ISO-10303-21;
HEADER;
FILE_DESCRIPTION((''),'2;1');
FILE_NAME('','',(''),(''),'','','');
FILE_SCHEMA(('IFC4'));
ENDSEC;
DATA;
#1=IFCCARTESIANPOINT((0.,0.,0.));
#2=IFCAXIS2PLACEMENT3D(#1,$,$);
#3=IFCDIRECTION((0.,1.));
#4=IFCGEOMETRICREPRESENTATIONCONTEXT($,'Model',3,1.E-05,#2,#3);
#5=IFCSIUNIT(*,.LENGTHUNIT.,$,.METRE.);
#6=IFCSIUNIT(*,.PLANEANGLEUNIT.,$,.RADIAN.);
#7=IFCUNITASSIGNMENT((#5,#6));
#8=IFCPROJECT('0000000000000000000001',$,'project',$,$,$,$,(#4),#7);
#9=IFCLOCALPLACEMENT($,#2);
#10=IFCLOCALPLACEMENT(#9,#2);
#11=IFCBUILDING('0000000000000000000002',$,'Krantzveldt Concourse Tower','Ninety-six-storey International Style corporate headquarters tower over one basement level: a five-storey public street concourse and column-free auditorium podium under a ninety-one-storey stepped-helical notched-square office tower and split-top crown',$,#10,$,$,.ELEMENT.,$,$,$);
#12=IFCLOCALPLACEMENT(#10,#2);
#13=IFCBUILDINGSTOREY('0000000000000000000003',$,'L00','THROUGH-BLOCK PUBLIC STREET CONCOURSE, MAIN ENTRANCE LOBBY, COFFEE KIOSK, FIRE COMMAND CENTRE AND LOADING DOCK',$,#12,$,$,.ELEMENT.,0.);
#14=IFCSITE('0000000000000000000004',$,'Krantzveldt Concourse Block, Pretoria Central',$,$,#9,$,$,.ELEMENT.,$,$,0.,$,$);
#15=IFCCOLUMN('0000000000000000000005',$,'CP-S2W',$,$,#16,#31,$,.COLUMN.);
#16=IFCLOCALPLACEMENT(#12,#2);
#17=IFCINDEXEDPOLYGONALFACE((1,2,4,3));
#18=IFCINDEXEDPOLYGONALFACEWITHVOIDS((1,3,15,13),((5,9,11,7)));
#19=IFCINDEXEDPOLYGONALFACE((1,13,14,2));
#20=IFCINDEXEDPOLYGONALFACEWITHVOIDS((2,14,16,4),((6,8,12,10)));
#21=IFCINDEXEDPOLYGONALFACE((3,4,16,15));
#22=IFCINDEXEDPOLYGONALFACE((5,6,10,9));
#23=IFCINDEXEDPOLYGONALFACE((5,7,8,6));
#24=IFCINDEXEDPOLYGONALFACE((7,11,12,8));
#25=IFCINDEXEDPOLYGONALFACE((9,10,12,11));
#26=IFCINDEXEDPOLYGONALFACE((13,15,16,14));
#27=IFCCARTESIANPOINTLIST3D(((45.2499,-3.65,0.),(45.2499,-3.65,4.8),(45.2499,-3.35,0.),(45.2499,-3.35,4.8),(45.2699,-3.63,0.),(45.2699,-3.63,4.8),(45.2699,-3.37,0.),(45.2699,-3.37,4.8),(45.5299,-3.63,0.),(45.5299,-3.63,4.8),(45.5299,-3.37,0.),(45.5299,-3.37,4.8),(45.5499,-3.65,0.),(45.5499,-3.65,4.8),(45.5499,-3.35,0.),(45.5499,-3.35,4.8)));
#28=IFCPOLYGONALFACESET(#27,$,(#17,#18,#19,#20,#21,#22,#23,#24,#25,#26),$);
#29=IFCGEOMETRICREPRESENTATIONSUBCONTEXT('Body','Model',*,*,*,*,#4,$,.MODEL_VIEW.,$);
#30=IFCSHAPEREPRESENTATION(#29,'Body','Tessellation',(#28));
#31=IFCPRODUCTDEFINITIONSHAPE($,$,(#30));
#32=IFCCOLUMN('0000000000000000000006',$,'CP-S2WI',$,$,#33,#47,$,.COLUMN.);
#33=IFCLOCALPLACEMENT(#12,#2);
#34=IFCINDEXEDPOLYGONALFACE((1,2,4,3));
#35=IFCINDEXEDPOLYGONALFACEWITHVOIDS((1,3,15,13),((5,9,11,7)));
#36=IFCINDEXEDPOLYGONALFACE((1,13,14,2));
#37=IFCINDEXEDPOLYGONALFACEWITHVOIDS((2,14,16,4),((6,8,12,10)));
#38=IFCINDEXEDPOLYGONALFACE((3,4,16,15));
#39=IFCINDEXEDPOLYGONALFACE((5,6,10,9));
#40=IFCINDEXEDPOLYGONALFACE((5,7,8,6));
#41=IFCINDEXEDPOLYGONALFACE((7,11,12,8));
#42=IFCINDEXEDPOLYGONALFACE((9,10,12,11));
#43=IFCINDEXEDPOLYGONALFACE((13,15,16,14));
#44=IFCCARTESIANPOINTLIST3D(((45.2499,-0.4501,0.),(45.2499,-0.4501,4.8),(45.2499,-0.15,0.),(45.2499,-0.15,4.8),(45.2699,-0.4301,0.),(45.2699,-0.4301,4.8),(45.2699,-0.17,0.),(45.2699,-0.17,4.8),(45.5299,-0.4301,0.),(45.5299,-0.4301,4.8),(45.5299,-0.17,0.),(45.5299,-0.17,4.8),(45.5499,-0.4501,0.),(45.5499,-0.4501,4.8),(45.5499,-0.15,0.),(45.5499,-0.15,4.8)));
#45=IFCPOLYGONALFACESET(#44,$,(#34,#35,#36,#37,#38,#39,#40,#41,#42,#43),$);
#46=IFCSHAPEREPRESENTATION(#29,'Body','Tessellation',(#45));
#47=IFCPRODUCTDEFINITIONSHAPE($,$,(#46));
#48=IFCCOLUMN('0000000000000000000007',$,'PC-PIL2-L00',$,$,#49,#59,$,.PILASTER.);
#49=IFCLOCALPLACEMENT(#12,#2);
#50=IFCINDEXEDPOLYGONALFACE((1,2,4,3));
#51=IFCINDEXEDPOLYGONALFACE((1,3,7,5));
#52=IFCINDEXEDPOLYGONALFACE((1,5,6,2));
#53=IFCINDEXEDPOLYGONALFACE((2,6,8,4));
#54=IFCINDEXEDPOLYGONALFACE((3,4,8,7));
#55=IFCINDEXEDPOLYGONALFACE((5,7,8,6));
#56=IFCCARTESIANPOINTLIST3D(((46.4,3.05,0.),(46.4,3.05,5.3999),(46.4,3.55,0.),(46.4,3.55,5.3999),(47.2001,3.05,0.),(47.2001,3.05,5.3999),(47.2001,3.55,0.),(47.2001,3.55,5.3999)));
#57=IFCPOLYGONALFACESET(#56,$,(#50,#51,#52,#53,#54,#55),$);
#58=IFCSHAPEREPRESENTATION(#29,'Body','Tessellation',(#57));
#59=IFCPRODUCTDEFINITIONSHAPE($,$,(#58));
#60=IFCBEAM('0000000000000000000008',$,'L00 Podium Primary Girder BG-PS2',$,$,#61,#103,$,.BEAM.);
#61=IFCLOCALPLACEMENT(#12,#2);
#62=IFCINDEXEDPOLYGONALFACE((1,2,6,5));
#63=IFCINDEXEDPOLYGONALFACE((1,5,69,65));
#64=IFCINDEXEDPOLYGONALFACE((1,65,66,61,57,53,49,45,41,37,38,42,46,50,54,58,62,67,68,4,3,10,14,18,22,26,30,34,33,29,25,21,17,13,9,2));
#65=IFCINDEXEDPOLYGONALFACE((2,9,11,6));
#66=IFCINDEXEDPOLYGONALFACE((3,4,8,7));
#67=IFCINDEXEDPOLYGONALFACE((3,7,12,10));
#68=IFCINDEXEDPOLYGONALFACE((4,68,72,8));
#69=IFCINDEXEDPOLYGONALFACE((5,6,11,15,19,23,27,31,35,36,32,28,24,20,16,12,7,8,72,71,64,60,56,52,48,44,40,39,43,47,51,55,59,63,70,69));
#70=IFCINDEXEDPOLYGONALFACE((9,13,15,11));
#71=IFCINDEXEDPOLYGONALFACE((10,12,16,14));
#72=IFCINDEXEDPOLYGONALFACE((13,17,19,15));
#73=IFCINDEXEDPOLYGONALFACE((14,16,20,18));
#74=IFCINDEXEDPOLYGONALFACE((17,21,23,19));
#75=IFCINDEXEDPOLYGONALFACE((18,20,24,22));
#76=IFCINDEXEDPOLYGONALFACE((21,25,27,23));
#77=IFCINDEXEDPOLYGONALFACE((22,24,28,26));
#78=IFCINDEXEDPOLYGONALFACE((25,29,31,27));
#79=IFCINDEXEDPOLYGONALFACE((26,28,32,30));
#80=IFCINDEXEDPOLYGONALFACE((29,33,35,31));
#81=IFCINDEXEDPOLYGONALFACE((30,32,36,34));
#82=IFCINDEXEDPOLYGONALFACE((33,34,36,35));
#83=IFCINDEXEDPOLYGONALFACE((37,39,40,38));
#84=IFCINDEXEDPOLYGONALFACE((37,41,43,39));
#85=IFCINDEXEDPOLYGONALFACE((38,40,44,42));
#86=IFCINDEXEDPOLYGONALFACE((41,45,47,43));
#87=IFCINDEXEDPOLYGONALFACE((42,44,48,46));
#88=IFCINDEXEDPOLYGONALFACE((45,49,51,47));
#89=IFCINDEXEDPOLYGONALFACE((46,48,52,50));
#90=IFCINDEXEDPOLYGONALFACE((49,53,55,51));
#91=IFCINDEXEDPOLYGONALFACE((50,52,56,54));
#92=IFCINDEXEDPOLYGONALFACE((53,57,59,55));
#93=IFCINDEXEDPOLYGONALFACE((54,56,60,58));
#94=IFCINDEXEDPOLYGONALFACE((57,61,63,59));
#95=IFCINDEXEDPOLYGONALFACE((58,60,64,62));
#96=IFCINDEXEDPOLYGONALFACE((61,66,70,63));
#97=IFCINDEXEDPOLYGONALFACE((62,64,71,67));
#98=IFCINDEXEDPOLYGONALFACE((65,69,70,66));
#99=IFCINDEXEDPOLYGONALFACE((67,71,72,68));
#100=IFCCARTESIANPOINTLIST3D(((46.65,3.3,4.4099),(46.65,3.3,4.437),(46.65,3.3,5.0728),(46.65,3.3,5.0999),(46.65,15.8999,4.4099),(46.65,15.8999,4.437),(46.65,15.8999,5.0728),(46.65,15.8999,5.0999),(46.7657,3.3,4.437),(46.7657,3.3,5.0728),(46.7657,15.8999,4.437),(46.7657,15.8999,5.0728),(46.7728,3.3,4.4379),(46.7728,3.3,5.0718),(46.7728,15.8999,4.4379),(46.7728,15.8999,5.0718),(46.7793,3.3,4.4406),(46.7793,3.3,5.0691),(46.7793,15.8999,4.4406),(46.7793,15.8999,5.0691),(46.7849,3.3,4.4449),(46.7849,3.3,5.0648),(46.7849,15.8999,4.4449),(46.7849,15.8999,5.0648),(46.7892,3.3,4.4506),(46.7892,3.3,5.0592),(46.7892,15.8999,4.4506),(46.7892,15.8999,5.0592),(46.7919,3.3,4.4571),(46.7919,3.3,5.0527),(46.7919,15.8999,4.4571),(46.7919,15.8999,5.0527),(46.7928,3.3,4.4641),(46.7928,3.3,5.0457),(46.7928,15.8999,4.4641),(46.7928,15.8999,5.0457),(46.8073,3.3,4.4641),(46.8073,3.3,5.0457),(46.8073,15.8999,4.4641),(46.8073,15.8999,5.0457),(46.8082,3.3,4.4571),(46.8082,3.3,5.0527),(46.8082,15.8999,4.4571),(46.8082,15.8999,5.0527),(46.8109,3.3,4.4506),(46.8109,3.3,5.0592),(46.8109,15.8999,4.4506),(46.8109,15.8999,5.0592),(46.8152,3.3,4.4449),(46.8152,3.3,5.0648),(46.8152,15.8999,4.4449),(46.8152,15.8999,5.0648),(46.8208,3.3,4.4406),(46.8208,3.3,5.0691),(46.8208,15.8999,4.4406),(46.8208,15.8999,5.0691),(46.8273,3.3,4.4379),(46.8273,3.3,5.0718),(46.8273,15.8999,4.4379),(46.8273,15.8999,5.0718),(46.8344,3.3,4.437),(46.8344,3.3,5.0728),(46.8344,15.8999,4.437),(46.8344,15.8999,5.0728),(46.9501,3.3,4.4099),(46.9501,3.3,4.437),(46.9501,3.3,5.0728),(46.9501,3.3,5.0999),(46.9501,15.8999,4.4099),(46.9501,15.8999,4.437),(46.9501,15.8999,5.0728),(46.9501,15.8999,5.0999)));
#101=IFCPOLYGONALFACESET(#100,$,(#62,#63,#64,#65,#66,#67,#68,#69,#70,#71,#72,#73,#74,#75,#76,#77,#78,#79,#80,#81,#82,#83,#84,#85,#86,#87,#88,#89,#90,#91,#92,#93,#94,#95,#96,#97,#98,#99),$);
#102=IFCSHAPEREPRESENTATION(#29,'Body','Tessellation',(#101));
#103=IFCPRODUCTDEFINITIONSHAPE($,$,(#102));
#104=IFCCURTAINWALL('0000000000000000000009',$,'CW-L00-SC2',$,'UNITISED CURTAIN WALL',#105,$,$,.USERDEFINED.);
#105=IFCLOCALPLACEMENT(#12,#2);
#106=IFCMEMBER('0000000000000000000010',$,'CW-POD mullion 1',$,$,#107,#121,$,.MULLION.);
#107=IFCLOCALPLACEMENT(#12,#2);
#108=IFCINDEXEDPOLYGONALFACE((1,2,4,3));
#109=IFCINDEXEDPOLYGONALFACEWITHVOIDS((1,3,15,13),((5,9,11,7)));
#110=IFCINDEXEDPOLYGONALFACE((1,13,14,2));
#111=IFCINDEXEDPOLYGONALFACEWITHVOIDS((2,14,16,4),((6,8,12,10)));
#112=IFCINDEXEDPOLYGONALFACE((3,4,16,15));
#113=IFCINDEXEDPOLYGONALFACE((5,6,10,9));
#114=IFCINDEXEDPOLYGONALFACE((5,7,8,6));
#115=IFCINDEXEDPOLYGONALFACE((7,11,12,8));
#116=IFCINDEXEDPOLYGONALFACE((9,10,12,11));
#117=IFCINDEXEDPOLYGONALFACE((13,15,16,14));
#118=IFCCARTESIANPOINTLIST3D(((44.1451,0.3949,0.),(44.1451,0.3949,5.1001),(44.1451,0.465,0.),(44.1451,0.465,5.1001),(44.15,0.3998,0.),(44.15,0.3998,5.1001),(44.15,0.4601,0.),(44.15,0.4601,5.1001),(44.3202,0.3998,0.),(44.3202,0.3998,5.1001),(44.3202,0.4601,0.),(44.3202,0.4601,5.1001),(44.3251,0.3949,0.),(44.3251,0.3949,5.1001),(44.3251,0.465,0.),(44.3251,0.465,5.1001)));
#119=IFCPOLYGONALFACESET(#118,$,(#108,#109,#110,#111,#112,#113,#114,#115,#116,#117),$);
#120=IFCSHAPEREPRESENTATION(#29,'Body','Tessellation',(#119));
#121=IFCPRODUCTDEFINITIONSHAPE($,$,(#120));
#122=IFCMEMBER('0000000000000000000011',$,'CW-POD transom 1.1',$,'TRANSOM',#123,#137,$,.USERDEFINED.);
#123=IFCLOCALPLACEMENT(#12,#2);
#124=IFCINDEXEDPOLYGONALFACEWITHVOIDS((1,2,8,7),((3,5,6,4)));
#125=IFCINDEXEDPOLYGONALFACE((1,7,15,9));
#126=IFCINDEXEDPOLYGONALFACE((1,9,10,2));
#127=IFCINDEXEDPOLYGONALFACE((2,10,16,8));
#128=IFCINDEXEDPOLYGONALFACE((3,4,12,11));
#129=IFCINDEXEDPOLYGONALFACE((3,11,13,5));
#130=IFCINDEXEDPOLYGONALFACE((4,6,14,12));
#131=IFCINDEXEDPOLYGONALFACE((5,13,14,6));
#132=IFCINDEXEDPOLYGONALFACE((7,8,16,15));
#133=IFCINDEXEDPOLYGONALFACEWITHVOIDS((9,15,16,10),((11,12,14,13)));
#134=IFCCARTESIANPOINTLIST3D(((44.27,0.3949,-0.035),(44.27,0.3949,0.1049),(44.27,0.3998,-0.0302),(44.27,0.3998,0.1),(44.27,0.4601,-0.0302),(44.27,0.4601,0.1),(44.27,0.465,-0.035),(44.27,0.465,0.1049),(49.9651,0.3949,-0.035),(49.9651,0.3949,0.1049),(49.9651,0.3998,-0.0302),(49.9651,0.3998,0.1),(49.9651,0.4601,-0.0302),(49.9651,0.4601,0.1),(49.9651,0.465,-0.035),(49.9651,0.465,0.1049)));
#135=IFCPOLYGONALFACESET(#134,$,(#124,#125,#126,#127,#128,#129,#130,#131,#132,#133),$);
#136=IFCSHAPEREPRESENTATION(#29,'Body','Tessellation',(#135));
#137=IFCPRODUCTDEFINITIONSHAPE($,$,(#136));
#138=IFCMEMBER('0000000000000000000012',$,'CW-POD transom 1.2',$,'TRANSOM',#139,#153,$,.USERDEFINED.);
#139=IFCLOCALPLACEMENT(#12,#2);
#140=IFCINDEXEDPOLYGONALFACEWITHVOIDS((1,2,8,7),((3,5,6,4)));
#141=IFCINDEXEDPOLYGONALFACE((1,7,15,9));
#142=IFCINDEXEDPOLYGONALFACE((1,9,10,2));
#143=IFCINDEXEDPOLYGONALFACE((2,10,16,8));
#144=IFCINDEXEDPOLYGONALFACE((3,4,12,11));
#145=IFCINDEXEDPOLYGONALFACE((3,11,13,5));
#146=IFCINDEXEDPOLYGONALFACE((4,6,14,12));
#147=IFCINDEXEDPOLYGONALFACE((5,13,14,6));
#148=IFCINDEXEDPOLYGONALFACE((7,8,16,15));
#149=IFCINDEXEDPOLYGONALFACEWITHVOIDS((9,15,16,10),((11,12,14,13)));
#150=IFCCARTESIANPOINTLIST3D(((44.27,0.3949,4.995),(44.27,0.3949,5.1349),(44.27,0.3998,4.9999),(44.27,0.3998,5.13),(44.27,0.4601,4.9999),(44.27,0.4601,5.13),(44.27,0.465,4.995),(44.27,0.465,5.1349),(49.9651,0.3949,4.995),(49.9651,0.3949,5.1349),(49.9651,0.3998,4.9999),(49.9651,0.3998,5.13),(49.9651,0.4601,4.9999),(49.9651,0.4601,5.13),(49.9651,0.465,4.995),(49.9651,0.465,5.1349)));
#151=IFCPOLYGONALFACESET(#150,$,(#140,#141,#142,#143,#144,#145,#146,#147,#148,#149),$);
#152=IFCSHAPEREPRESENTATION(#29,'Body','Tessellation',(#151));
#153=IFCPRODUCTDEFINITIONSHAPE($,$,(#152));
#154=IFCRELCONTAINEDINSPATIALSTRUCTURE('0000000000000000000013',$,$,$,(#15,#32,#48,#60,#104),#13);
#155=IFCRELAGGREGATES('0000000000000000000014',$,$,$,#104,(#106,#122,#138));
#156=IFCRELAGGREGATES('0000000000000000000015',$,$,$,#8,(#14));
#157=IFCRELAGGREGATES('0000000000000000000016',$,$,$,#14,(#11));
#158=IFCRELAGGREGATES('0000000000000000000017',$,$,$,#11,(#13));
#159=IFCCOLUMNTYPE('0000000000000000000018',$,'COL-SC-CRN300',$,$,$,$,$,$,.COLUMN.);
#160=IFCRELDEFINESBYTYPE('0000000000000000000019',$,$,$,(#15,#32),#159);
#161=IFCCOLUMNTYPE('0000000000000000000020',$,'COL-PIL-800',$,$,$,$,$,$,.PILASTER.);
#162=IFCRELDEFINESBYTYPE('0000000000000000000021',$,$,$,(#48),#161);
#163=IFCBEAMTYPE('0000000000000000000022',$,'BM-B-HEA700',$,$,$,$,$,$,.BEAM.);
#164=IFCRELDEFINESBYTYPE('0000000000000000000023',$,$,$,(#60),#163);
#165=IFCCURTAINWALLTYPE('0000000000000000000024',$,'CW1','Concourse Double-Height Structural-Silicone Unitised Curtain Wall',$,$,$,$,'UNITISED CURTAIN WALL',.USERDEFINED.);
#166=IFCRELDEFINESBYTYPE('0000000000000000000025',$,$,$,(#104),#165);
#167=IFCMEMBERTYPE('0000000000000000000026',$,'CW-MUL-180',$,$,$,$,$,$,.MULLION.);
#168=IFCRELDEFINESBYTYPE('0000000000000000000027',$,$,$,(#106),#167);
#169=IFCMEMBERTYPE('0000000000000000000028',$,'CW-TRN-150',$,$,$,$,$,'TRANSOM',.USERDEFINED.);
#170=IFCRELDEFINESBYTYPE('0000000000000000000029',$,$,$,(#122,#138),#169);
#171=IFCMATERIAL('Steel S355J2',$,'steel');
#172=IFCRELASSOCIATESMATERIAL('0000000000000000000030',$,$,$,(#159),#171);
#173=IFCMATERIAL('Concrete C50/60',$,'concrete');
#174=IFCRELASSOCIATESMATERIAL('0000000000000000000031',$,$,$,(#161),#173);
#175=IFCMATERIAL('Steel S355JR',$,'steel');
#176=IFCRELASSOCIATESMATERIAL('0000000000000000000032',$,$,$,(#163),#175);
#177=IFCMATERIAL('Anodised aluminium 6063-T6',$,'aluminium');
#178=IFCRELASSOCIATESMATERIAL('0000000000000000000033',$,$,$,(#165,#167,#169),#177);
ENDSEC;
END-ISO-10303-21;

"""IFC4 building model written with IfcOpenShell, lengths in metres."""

from ifc_helpers import new_model, si_unit, direction, frame, origin, origin_2d, place, context, subcontext, project, spatial, rectangle, hollow_rectangle, i_section, extrude, source, transform, mapped, material, material_profile, profile_set, type_object, type_shapes, element, aggregate, save


model = new_model("IFC4")

# Units and contexts
model_context = context("Model", 3, precision=1e-05, world=origin(), true_north=direction((0.0, 1.0)))
body_context = subcontext(model_context, "Body", "Model", "MODEL_VIEW")
ifc_project = project(units=[si_unit("LENGTHUNIT", "METRE"), si_unit("PLANEANGLEUNIT", "RADIAN")], contexts=[model_context])

# Site, building, storey
site_placement = place(None, origin())
site = spatial("IfcSite", under=ifc_project, at=site_placement, Name="Krantzveldt Concourse Block, Pretoria Central", CompositionType="ELEMENT", RefElevation=0.0)
building_placement = place(site_placement, origin())
building = spatial("IfcBuilding", under=site, at=building_placement, Name="Krantzveldt Concourse Tower", Description="Ninety-six-storey International Style corporate headquarters tower over one basement level: a five-storey public street concourse and column-free auditorium podium under a ninety-one-storey stepped-helical notched-square office tower and split-top crown", CompositionType="ELEMENT")
storey_placement = place(building_placement, origin())
storey = spatial("IfcBuildingStorey", under=building, at=storey_placement, Name="L00", Description="THROUGH-BLOCK PUBLIC STREET CONCOURSE, MAIN ENTRANCE LOBBY, COFFEE KIOSK, FIRE COMMAND CENTRE AND LOADING DOCK", CompositionType="ELEMENT", Elevation=0.0)

# Columns
ifc_material_1 = material(Name="Steel S355J2", Category="steel")
ifc_material_profile_1 = material_profile(ifc_material_1, hollow_rectangle(XDim=0.3, YDim=0.3, WallThickness=0.02, at=origin_2d()), Name="Steel S355J2", Category="steel")
ifc_profile_set_1 = profile_set([ifc_material_profile_1], Name="Steel S355J2 - SHS 300x300x20")
column_type_1 = type_object("IfcColumnType", Name="COL-SC-CRN300", PredefinedType="COLUMN", material=ifc_profile_set_1)
shared_shape_1 = source(origin(), body_context, "Body", "SweptSolid", [
    extrude(hollow_rectangle(XDim=0.3, YDim=0.3, WallThickness=0.02, at=origin_2d()), origin(), (0.0, 0.0, 1.0), 4.8),
])
type_shapes(column_type_1, [shared_shape_1])
for number, where, z_axis, x_axis, name in (
    (1, (45.3999, -3.5, 0.0), (0.0, 0.0, 1.0), (1.0, 0.0, 0.0), "CP-S2W"),
    (2, (45.3999, -0.3, 0.0), (0.0, 0.0, 1.0), (1.0, 0.0, 0.0), "CP-S2WI"),
):
    element("IfcColumn", number, at=place(storey_placement, frame(where, z_axis=z_axis, x_axis=x_axis)), inside=storey, type_object=column_type_1, Name=name, PredefinedType="COLUMN", context=body_context, shape_type="MappedRepresentation", body=[
        mapped(shared_shape_1, transform((0.0, 0.0, 0.0), x_axis=(1.0, 0.0, 0.0), y_axis=(0.0, 1.0, 0.0), z_axis=(0.0, 0.0, 1.0), scale=1.0)),
    ])
ifc_material_2 = material(Name="Concrete C50/60", Category="concrete")
ifc_material_profile_2 = material_profile(ifc_material_2, rectangle(XDim=0.8, YDim=0.5, at=origin_2d()), Name="Concrete C50/60", Category="concrete")
ifc_profile_set_2 = profile_set([ifc_material_profile_2], Name="Concrete C50/60 - RC-PIL 800x500")
column_type_2 = type_object("IfcColumnType", Name="COL-PIL-800", PredefinedType="PILASTER", material=ifc_profile_set_2)
shared_shape_2 = source(origin(), body_context, "Body", "SweptSolid", [
    extrude(rectangle(XDim=0.8, YDim=0.5, at=origin_2d()), origin(), (0.0, 0.0, 1.0), 5.3999),
])
type_shapes(column_type_2, [shared_shape_2])
column_placement = place(storey_placement, frame((46.8, 3.3, 0.0), z_axis=(0.0, 0.0, 1.0), x_axis=(1.0, 0.0, 0.0)))
element("IfcColumn", 3, at=column_placement, inside=storey, type_object=column_type_2, Name="PC-PIL2-L00", PredefinedType="PILASTER", context=body_context, shape_type="MappedRepresentation", body=[
    mapped(shared_shape_2, transform((0.0, 0.0, 0.0), x_axis=(1.0, 0.0, 0.0), y_axis=(0.0, 1.0, 0.0), z_axis=(0.0, 0.0, 1.0), scale=1.0)),
])

# Beam
ifc_material_3 = material(Name="Steel S355JR", Category="steel")
ifc_material_profile_3 = material_profile(ifc_material_3, i_section(OverallWidth=0.3, OverallDepth=0.6899, WebThickness=0.0144, FlangeThickness=0.0271, FilletRadius=0.0271, at=origin_2d()), Name="Steel S355JR", Category="steel")
ifc_profile_set_3 = profile_set([ifc_material_profile_3], Name="Steel S355JR - HEA 700")
beam_type = type_object("IfcBeamType", Name="BM-B-HEA700", PredefinedType="BEAM", material=ifc_profile_set_3)
shared_shape_3 = source(origin(), body_context, "Body", "SweptSolid", [
    extrude(i_section(OverallWidth=0.3, OverallDepth=0.6899, WebThickness=0.0144, FlangeThickness=0.0271, FilletRadius=0.0271, at=origin_2d()), origin(), (0.0, 0.0, 1.0), 12.5999),
])
type_shapes(beam_type, [shared_shape_3])
beam_placement = place(storey_placement, frame((46.8, 3.3, 4.7549), z_axis=(0.0, 1.0, 0.0), x_axis=(-1.0, 0.0, 0.0)))
element("IfcBeam", 4, at=beam_placement, inside=storey, type_object=beam_type, Name="L00 Podium Primary Girder BG-PS2", PredefinedType="BEAM", context=body_context, shape_type="MappedRepresentation", body=[
    mapped(shared_shape_3, transform((0.0, 0.0, 0.0), x_axis=(1.0, 0.0, 0.0), y_axis=(0.0, 1.0, 0.0), z_axis=(0.0, 0.0, 1.0), scale=1.0)),
])

# Curtain wall, members
ifc_material_4 = material(Name="Anodised aluminium 6063-T6", Category="aluminium")
curtain_wall_type = type_object("IfcCurtainWallType", Name="CW1", Description="Concourse Double-Height Structural-Silicone Unitised Curtain Wall", ElementType="UNITISED CURTAIN WALL", PredefinedType="USERDEFINED", material=ifc_material_4)
curtain_wall_placement = place(storey_placement, origin())
curtain_wall = element("IfcCurtainWall", 5, at=curtain_wall_placement, inside=storey, type_object=curtain_wall_type, Name="CW-L00-SC2", ObjectType="UNITISED CURTAIN WALL", PredefinedType="USERDEFINED")
ifc_material_profile_4 = material_profile(ifc_material_4, hollow_rectangle(XDim=0.0701, YDim=0.1799, WallThickness=0.0049, at=origin_2d()), Name="Anodised aluminium 6063-T6", Category="aluminium")
ifc_profile_set_4 = profile_set([ifc_material_profile_4], Name="Anodised aluminium 6063-T6 - ALU-MULL 180x70x5")
member_type_1 = type_object("IfcMemberType", Name="CW-MUL-180", PredefinedType="MULLION", material=ifc_profile_set_4)
shared_shape_4 = source(origin(), body_context, "Body", "SweptSolid", [
    extrude(hollow_rectangle(XDim=0.0701, YDim=0.1799, WallThickness=0.0049, at=origin_2d()), origin(), (0.0, 0.0, 1.0), 5.1001),
])
type_shapes(member_type_1, [shared_shape_4])
member_1_placement = place(storey_placement, frame((44.2351, 0.4299, 0.0), z_axis=(0.0, 0.0, 1.0), x_axis=(0.0, 1.0, 0.0)))
member_1 = element("IfcMember", 6, at=member_1_placement, type_object=member_type_1, Name="CW-POD mullion 1", PredefinedType="MULLION", context=body_context, shape_type="MappedRepresentation", body=[
    mapped(shared_shape_4, transform((0.0, 0.0, 0.0), x_axis=(1.0, 0.0, 0.0), y_axis=(0.0, 1.0, 0.0), z_axis=(0.0, 0.0, 1.0), scale=1.0)),
])
ifc_material_profile_5 = material_profile(ifc_material_4, hollow_rectangle(XDim=0.0701, YDim=0.1399, WallThickness=0.0049, at=origin_2d()), Name="Anodised aluminium 6063-T6", Category="aluminium")
ifc_profile_set_5 = profile_set([ifc_material_profile_5], Name="Anodised aluminium 6063-T6 - ALU-TRAN 140x70x5")
member_type_2 = type_object("IfcMemberType", Name="CW-TRN-150", ElementType="TRANSOM", PredefinedType="USERDEFINED", material=ifc_profile_set_5)
shared_shape_5 = source(origin(), body_context, "Body", "SweptSolid", [
    extrude(hollow_rectangle(XDim=0.0701, YDim=0.1399, WallThickness=0.0049, at=origin_2d()), origin(), (0.0, 0.0, 1.0), 5.6951),
])
type_shapes(member_type_2, [shared_shape_5])
member_2_placement = place(storey_placement, frame((44.27, 0.4299, 0.0349), z_axis=(1.0, 0.0, 0.0), x_axis=(0.0, 1.0, 0.0)))
member_2 = element("IfcMember", 7, at=member_2_placement, type_object=member_type_2, Name="CW-POD transom 1.1", ObjectType="TRANSOM", PredefinedType="USERDEFINED", context=body_context, shape_type="MappedRepresentation", body=[
    mapped(shared_shape_5, transform((0.0, 0.0, 0.0), x_axis=(1.0, 0.0, 0.0), y_axis=(0.0, 1.0, 0.0), z_axis=(0.0, 0.0, 1.0), scale=1.0)),
])
member_3_placement = place(storey_placement, frame((44.27, 0.4299, 5.0649), z_axis=(1.0, 0.0, 0.0), x_axis=(0.0, 1.0, 0.0)))
member_3 = element("IfcMember", 8, at=member_3_placement, type_object=member_type_2, Name="CW-POD transom 1.2", ObjectType="TRANSOM", PredefinedType="USERDEFINED", context=body_context, shape_type="MappedRepresentation", body=[
    mapped(shared_shape_5, transform((0.0, 0.0, 0.0), x_axis=(1.0, 0.0, 0.0), y_axis=(0.0, 1.0, 0.0), z_axis=(0.0, 0.0, 1.0), scale=1.0)),
])
aggregate(curtain_wall, [member_1, member_2, member_3])

save(model, "model.ifc")
